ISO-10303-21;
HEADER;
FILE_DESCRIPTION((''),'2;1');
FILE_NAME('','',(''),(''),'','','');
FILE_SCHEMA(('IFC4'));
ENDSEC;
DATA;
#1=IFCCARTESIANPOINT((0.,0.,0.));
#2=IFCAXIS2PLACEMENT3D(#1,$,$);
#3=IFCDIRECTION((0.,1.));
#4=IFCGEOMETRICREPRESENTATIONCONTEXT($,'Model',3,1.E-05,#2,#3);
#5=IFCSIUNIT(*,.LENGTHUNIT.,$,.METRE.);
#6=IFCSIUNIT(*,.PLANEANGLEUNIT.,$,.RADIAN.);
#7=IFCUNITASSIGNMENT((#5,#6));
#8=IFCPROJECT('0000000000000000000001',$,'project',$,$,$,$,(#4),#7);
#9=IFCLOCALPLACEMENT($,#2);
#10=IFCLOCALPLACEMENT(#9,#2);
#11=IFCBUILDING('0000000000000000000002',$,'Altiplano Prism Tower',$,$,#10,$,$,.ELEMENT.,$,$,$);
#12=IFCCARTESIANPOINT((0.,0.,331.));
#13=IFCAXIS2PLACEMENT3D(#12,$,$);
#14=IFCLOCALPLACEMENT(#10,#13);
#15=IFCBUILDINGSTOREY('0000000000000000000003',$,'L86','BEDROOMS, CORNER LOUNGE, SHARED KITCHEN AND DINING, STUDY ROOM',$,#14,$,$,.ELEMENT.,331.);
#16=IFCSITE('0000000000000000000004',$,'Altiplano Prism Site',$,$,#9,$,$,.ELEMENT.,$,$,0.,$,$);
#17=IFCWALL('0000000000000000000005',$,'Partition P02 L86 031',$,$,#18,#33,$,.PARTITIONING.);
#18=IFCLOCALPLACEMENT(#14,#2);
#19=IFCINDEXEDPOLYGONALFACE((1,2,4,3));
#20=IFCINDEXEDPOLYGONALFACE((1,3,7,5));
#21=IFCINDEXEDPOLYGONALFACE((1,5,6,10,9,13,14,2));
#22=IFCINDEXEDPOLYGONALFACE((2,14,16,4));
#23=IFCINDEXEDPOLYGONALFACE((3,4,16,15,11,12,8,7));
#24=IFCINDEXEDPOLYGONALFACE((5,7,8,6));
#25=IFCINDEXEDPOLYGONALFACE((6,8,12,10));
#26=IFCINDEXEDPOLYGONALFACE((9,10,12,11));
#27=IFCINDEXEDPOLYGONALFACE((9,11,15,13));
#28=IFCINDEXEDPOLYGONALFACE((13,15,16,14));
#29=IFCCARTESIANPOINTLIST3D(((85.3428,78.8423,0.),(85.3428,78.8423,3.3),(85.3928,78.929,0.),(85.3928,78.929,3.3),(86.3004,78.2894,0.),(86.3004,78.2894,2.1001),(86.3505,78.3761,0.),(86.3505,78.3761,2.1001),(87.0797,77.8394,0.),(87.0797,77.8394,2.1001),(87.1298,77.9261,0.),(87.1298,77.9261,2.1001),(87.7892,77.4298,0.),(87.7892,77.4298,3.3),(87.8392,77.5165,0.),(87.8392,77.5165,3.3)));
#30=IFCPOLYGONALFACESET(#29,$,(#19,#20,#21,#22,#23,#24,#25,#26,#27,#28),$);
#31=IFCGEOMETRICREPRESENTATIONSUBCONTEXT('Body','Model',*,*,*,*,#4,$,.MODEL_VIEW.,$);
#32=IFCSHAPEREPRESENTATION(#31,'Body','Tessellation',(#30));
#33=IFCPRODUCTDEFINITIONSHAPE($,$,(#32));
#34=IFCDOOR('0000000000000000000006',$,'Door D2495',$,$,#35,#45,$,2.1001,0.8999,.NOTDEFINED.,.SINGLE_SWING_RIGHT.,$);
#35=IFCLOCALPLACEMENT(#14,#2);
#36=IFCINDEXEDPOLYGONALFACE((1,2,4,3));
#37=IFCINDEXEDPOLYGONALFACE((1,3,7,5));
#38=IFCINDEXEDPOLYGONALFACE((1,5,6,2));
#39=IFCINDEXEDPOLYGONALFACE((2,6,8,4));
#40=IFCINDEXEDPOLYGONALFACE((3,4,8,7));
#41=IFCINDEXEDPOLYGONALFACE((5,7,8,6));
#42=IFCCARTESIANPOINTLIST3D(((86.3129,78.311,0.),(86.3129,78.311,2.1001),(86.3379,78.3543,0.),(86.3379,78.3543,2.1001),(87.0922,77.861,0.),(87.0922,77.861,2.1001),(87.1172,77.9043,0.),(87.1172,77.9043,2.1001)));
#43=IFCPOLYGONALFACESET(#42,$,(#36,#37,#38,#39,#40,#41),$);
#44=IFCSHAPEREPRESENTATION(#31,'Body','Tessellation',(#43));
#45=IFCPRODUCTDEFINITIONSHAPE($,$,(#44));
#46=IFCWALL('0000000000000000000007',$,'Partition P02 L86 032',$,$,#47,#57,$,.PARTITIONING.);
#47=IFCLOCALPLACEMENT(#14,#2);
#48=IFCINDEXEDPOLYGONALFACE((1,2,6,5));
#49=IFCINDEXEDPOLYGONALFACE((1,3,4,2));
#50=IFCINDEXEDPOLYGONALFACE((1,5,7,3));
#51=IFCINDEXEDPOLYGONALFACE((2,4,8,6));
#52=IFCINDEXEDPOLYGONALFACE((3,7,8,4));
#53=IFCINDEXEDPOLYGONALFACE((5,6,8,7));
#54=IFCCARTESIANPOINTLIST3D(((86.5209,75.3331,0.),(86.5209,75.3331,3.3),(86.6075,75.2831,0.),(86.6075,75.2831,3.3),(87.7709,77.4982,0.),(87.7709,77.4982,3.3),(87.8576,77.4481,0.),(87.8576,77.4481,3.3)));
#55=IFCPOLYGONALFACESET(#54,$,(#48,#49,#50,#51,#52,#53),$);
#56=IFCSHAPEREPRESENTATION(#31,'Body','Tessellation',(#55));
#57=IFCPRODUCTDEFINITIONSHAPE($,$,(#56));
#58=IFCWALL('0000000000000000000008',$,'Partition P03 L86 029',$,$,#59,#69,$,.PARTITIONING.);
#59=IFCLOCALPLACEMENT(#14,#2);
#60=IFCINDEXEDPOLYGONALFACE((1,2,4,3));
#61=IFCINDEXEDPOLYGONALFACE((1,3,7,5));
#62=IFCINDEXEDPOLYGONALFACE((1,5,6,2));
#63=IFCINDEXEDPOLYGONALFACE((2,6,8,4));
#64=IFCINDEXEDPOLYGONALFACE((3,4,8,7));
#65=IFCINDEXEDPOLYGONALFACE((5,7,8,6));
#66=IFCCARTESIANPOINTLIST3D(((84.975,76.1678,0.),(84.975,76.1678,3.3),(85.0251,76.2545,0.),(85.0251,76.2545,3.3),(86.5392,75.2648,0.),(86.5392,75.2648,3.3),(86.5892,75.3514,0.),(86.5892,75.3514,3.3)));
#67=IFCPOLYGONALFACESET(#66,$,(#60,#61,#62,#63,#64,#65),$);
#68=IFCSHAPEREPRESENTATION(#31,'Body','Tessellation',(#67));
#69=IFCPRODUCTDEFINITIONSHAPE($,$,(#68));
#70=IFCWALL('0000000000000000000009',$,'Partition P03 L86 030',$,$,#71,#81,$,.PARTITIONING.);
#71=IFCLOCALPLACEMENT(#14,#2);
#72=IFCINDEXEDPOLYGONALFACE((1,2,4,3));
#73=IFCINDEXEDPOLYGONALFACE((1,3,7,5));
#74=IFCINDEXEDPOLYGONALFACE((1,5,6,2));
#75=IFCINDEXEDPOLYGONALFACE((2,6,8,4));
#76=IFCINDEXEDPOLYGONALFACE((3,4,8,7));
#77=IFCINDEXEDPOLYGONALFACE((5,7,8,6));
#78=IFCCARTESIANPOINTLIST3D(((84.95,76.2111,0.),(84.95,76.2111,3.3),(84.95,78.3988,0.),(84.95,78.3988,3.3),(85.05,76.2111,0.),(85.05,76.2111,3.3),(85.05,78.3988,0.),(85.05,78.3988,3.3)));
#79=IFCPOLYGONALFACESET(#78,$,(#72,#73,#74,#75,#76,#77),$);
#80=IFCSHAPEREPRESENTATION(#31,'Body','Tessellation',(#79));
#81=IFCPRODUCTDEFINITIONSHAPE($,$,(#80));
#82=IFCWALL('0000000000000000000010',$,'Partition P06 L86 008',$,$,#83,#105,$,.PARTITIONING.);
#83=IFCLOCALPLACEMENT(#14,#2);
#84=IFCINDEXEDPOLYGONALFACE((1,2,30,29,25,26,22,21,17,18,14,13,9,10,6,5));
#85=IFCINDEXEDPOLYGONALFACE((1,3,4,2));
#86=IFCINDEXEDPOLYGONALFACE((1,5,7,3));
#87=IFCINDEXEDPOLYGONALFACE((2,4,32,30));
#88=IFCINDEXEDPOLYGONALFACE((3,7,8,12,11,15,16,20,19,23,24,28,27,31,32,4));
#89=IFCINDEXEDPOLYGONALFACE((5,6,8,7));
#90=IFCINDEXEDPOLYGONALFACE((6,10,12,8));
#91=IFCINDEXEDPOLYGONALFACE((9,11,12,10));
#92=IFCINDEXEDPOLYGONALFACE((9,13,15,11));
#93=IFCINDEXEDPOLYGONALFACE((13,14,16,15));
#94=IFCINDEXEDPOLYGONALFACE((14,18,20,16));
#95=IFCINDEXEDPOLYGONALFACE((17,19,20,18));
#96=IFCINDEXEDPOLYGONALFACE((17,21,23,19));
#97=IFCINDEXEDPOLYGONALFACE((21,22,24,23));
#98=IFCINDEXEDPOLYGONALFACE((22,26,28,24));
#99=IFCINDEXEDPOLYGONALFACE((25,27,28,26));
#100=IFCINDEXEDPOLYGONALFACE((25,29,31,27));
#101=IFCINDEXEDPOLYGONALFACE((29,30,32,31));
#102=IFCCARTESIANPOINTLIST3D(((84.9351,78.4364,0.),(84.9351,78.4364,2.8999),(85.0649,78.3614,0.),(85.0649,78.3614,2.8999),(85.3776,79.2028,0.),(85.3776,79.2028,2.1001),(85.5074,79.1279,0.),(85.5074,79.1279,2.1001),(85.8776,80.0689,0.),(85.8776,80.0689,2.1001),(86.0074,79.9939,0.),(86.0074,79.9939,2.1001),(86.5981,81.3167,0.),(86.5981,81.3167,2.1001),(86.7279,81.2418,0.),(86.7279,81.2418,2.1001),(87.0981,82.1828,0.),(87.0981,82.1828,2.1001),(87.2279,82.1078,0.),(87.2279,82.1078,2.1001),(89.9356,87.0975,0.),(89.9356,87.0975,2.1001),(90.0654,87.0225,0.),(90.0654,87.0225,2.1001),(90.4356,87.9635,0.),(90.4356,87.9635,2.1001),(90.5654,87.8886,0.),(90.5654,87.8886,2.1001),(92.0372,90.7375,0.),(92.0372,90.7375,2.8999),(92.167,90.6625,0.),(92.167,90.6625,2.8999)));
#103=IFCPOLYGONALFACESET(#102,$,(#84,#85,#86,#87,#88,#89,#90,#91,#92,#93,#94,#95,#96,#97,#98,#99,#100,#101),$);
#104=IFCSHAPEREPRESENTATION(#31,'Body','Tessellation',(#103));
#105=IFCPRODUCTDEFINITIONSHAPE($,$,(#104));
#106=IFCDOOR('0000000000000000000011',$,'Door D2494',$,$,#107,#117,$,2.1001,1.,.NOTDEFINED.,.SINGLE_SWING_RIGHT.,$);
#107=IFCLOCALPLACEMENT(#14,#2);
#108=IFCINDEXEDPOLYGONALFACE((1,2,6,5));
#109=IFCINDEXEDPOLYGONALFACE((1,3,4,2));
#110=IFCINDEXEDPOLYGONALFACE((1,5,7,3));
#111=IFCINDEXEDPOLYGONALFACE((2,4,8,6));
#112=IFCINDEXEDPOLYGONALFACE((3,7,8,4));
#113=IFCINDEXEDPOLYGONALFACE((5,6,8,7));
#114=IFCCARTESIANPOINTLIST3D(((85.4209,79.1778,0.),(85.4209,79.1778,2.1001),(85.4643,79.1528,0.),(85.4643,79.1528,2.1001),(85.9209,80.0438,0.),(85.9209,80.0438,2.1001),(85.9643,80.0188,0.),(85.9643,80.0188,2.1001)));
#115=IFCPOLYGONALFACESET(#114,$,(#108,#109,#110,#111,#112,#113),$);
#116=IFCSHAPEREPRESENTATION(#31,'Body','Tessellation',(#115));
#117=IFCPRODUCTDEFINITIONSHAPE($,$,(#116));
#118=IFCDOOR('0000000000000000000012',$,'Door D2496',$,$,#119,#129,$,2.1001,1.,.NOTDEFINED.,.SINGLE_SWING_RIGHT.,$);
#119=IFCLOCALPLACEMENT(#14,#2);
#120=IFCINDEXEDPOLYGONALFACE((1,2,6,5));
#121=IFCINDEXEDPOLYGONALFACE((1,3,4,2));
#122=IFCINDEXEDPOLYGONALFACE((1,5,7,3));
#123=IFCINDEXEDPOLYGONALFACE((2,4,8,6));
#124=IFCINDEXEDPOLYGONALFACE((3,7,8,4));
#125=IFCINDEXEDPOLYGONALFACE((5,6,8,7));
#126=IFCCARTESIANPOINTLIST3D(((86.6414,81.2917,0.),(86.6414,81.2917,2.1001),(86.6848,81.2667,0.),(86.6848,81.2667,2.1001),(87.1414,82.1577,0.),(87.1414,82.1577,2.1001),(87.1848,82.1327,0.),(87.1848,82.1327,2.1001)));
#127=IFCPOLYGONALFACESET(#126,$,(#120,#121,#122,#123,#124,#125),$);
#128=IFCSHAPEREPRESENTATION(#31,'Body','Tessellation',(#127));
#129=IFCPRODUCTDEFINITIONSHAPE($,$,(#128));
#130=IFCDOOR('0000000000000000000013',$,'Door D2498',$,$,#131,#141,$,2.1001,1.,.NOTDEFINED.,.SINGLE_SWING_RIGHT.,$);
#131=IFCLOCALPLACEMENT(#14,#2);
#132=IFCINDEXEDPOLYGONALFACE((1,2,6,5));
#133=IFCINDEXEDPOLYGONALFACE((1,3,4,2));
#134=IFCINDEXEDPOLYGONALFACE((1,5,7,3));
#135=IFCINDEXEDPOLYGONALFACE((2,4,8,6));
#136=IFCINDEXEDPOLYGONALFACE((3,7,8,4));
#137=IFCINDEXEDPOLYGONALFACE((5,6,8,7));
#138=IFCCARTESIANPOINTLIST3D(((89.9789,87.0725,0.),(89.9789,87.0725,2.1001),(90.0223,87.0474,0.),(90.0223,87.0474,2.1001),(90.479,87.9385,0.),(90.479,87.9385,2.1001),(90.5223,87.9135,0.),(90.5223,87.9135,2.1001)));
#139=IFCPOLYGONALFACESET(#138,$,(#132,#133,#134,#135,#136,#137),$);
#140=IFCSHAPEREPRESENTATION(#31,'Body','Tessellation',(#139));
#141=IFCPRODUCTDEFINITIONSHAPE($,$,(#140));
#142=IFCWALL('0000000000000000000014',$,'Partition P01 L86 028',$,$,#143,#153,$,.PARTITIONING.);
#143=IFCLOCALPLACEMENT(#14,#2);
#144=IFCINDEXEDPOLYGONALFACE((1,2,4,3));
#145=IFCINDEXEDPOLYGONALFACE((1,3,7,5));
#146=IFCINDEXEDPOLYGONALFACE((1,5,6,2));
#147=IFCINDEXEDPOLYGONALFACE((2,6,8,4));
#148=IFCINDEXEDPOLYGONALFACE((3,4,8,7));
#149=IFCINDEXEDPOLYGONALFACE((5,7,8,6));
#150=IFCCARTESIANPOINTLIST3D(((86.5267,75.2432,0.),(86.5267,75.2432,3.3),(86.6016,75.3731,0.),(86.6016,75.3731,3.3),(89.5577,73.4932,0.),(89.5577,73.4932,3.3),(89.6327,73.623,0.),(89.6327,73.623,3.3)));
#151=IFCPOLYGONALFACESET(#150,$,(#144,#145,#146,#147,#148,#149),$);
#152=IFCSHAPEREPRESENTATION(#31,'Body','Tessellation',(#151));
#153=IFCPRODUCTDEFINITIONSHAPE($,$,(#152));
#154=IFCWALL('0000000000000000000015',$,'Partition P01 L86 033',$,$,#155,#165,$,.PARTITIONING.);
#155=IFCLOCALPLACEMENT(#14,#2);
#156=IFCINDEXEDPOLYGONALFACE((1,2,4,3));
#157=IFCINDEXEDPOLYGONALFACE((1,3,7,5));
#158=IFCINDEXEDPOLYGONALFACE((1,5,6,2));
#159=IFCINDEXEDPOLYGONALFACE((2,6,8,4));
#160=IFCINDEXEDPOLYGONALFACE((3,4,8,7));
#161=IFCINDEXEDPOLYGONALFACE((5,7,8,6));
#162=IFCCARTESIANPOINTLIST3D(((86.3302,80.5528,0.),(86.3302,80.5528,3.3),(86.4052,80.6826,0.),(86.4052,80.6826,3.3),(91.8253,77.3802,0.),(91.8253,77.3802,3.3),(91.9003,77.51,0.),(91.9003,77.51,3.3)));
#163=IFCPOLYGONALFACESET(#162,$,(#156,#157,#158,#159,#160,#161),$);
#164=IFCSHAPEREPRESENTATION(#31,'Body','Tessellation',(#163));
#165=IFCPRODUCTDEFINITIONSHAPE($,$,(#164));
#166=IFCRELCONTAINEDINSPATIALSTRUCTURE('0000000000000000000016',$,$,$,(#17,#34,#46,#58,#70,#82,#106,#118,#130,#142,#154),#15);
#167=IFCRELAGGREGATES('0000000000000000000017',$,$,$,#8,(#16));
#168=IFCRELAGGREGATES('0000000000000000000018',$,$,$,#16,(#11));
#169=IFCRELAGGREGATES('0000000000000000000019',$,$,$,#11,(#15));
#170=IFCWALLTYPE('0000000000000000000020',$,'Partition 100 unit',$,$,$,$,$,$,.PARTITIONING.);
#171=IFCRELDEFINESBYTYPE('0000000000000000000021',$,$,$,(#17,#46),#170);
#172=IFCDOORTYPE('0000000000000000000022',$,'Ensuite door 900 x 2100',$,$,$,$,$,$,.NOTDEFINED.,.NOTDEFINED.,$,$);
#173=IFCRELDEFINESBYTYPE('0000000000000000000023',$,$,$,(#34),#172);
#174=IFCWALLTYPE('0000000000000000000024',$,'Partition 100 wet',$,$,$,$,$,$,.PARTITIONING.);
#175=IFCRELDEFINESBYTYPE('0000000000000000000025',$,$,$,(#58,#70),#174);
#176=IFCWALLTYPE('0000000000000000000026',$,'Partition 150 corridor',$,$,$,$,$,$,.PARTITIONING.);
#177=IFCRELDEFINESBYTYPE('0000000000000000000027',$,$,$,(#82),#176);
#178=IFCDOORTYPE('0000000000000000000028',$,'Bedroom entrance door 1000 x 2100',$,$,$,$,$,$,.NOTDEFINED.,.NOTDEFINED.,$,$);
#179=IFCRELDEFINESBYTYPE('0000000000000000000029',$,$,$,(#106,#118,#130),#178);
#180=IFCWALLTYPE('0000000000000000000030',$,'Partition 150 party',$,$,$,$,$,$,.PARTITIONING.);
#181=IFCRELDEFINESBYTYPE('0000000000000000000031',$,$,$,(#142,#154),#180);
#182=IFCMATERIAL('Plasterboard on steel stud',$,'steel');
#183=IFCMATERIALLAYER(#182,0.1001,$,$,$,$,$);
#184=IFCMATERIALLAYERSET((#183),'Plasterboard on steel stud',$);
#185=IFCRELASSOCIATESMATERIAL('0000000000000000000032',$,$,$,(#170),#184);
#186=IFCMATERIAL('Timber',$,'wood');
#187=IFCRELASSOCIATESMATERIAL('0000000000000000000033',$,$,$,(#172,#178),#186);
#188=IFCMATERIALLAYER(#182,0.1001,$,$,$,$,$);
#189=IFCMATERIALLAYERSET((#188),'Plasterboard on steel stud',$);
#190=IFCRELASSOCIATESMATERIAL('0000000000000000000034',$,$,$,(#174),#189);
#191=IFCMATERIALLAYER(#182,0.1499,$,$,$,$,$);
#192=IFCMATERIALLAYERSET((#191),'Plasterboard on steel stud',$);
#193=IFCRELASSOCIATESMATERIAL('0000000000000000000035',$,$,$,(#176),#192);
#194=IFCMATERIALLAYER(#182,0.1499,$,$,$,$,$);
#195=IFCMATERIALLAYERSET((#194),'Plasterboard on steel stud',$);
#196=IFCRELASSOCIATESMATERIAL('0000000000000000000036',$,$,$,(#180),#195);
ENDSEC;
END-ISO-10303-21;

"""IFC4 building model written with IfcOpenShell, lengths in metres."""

from ifc_helpers import new_model, si_unit, direction, frame, frame_2d, origin, place, context, subcontext, project, spatial, rectangle, extrude, material, layer, layer_set, type_object, element, fill, save


model = new_model("IFC4")

# Units and contexts
model_context = context("Model", 3, precision=1e-05, world=origin(), true_north=direction((0.0, 1.0)))
body_context = subcontext(model_context, "Body", "Model", "MODEL_VIEW")
ifc_project = project(units=[si_unit("LENGTHUNIT", "METRE"), si_unit("PLANEANGLEUNIT", "RADIAN")], contexts=[model_context])

# Site, building, storey
site_placement = place(None, origin())
site = spatial("IfcSite", under=ifc_project, at=site_placement, Name="Altiplano Prism Site", CompositionType="ELEMENT", RefElevation=0.0)
building_placement = place(site_placement, origin())
building = spatial("IfcBuilding", under=site, at=building_placement, Name="Altiplano Prism Tower", CompositionType="ELEMENT")
storey_placement = place(building_placement, frame((0.0, 0.0, 331.0)))
storey = spatial("IfcBuildingStorey", under=building, at=storey_placement, Name="L86", Description="BEDROOMS, CORNER LOUNGE, SHARED KITCHEN AND DINING, STUDY ROOM", CompositionType="ELEMENT", Elevation=331.0)

# Shared definitions
ifc_material_1 = material(Name="Plasterboard on steel stud", Category="steel")
ifc_layer_1 = layer(ifc_material_1, 0.1001)
ifc_layer_set_1 = layer_set([ifc_layer_1], Name="Plasterboard on steel stud")
wall_type_1 = type_object("IfcWallType", Name="Partition 100 unit", PredefinedType="PARTITIONING", material=ifc_layer_set_1)
ifc_material_2 = material(Name="Timber", Category="wood")
door_type_1 = type_object("IfcDoorType", Name="Ensuite door 900 x 2100", OperationType="NOTDEFINED", PredefinedType="NOTDEFINED", material=ifc_material_2)

# Wall, opening, door
wall_1_placement = place(storey_placement, frame((85.3677, 78.8857, 0.0), z_axis=(0.0, 0.0, 1.0), x_axis=(0.866011, -0.500024, 0.0)))
wall_1 = element("IfcWall", 1, at=wall_1_placement, inside=storey, type_object=wall_type_1, Name="Partition P02 L86 031", PredefinedType="PARTITIONING", context=body_context, shape_type="SweptSolid", body=[
    extrude(rectangle(XDim=2.825, YDim=0.1001, at=frame_2d((1.4126, 0.0))), origin(), (0.0, 0.0, 1.0), 3.3),
])
opening_1_placement = place(wall_1_placement, frame((1.106, 0.0, 0.0)))
opening_1 = element("IfcOpeningElement", 2, at=opening_1_placement, cuts=wall_1, PredefinedType="OPENING", context=body_context, shape_type="SweptSolid", body=[
    extrude(rectangle(XDim=0.8999, YDim=2.1001, at=frame_2d((0.45, 1.05))), frame((0.0, 0.0605, 0.0), z_axis=(0.0, -1.0, 0.0), x_axis=(1.0, 0.0, 0.0)), (0.0, 0.0, 1.0), 0.1211),
])
door_1_placement = place(opening_1_placement, origin())
door_1 = element("IfcDoor", 3, at=door_1_placement, inside=storey, type_object=door_type_1, Name="Door D2495", OperationType="SINGLE_SWING_RIGHT", OverallHeight=2.1001, OverallWidth=0.8999, PredefinedType="NOTDEFINED", context=body_context, shape_type="SweptSolid", body=[
    extrude(rectangle(XDim=0.8999, YDim=2.1001, at=frame_2d((0.45, 1.05))), frame((0.0, 0.0249, 0.0), z_axis=(0.0, -1.0, 0.0), x_axis=(1.0, 0.0, 0.0)), (0.0, 0.0, 1.0), 0.05),
])
fill(opening_1, door_1)

# Walls
wall_2_placement = place(storey_placement, frame((87.8142, 77.4731, 0.0), z_axis=(0.0, 0.0, 1.0), x_axis=(-0.500004, -0.866023, 0.0)))
element("IfcWall", 4, at=wall_2_placement, inside=storey, type_object=wall_type_1, Name="Partition P02 L86 032", PredefinedType="PARTITIONING", context=body_context, shape_type="SweptSolid", body=[
    extrude(rectangle(XDim=2.5, YDim=0.1001, at=frame_2d((1.25, 0.0))), origin(), (0.0, 0.0, 1.0), 3.3),
])
ifc_layer_2 = layer(ifc_material_1, 0.1001)
ifc_layer_set_2 = layer_set([ifc_layer_2], Name="Plasterboard on steel stud")
wall_type_2 = type_object("IfcWallType", Name="Partition 100 wet", PredefinedType="PARTITIONING", material=ifc_layer_set_2)
wall_3_placement = place(storey_placement, frame((86.5642, 75.3081, 0.0), z_axis=(0.0, 0.0, 1.0), x_axis=(-0.86603, 0.499992, 0.0)))
element("IfcWall", 5, at=wall_3_placement, inside=storey, type_object=wall_type_2, Name="Partition P03 L86 029", PredefinedType="PARTITIONING", context=body_context, shape_type="SweptSolid", body=[
    extrude(rectangle(XDim=1.8062, YDim=0.1001, at=frame_2d((0.9031, 0.0))), origin(), (0.0, 0.0, 1.0), 3.3),
])
wall_4_placement = place(storey_placement, frame((85.0, 76.2112, 0.0), z_axis=(0.0, 0.0, 1.0), x_axis=(0.0, 1.0, 0.0)))
element("IfcWall", 6, at=wall_4_placement, inside=storey, type_object=wall_type_2, Name="Partition P03 L86 030", PredefinedType="PARTITIONING", context=body_context, shape_type="SweptSolid", body=[
    extrude(rectangle(XDim=2.1877, YDim=0.1001, at=frame_2d((1.0938, 0.0))), origin(), (0.0, 0.0, 1.0), 3.3),
])

# Wall, openings, doors
ifc_layer_3 = layer(ifc_material_1, 0.1499)
ifc_layer_set_3 = layer_set([ifc_layer_3], Name="Plasterboard on steel stud")
wall_type_3 = type_object("IfcWallType", Name="Partition 150 corridor", PredefinedType="PARTITIONING", material=ifc_layer_set_3)
wall_5_placement = place(storey_placement, frame((85.0, 78.3989, 0.0), z_axis=(0.0, 0.0, 1.0), x_axis=(0.500003, 0.866024, 0.0)))
wall_5 = element("IfcWall", 7, at=wall_5_placement, inside=storey, type_object=wall_type_3, Name="Partition P06 L86 008", PredefinedType="PARTITIONING", context=body_context, shape_type="SweptSolid", body=[
    extrude(rectangle(XDim=14.2041, YDim=0.1499, at=frame_2d((7.1021, 0.0))), origin(), (0.0, 0.0, 1.0), 2.8999),
])
opening_2_placement = place(wall_5_placement, frame((0.885, 0.0, 0.0)))
opening_2 = element("IfcOpeningElement", 8, at=opening_2_placement, cuts=wall_5, PredefinedType="OPENING", context=body_context, shape_type="SweptSolid", body=[
    extrude(rectangle(XDim=1.0, YDim=2.1001, at=frame_2d((0.5, 1.05))), frame((0.0, 0.0854, 0.0), z_axis=(0.0, -1.0, 0.0), x_axis=(1.0, 0.0, 0.0)), (0.0, 0.0, 1.0), 0.1709),
])
opening_3_placement = place(wall_5_placement, frame((3.3259, 0.0, 0.0)))
opening_3 = element("IfcOpeningElement", 9, at=opening_3_placement, cuts=wall_5, PredefinedType="OPENING", context=body_context, shape_type="SweptSolid", body=[
    extrude(rectangle(XDim=1.0, YDim=2.1001, at=frame_2d((0.5, 1.05))), frame((0.0, 0.0854, 0.0), z_axis=(0.0, -1.0, 0.0), x_axis=(1.0, 0.0, 0.0)), (0.0, 0.0, 1.0), 0.1709),
])
opening_4_placement = place(wall_5_placement, frame((10.001, 0.0, 0.0)))
opening_4 = element("IfcOpeningElement", 10, at=opening_4_placement, cuts=wall_5, PredefinedType="OPENING", context=body_context, shape_type="SweptSolid", body=[
    extrude(rectangle(XDim=1.0, YDim=2.1001, at=frame_2d((0.5, 1.05))), frame((0.0, 0.0854, 0.0), z_axis=(0.0, -1.0, 0.0), x_axis=(1.0, 0.0, 0.0)), (0.0, 0.0, 1.0), 0.1709),
])
door_type_2 = type_object("IfcDoorType", Name="Bedroom entrance door 1000 x 2100", OperationType="NOTDEFINED", PredefinedType="NOTDEFINED", material=ifc_material_2)
door_2_placement = place(opening_2_placement, origin())
door_2 = element("IfcDoor", 11, at=door_2_placement, inside=storey, type_object=door_type_2, Name="Door D2494", OperationType="SINGLE_SWING_RIGHT", OverallHeight=2.1001, OverallWidth=1.0, PredefinedType="NOTDEFINED", context=body_context, shape_type="SweptSolid", body=[
    extrude(rectangle(XDim=1.0, YDim=2.1001, at=frame_2d((0.5, 1.05))), frame((0.0, 0.0249, 0.0), z_axis=(0.0, -1.0, 0.0), x_axis=(1.0, 0.0, 0.0)), (0.0, 0.0, 1.0), 0.05),
])
fill(opening_2, door_2)
door_3_placement = place(opening_3_placement, origin())
door_3 = element("IfcDoor", 12, at=door_3_placement, inside=storey, type_object=door_type_2, Name="Door D2496", OperationType="SINGLE_SWING_RIGHT", OverallHeight=2.1001, OverallWidth=1.0, PredefinedType="NOTDEFINED", context=body_context, shape_type="SweptSolid", body=[
    extrude(rectangle(XDim=1.0, YDim=2.1001, at=frame_2d((0.5, 1.05))), frame((0.0, 0.0249, 0.0), z_axis=(0.0, -1.0, 0.0), x_axis=(1.0, 0.0, 0.0)), (0.0, 0.0, 1.0), 0.05),
])
fill(opening_3, door_3)
door_4_placement = place(opening_4_placement, origin())
door_4 = element("IfcDoor", 13, at=door_4_placement, inside=storey, type_object=door_type_2, Name="Door D2498", OperationType="SINGLE_SWING_RIGHT", OverallHeight=2.1001, OverallWidth=1.0, PredefinedType="NOTDEFINED", context=body_context, shape_type="SweptSolid", body=[
    extrude(rectangle(XDim=1.0, YDim=2.1001, at=frame_2d((0.5, 1.05))), frame((0.0, 0.0249, 0.0), z_axis=(0.0, -1.0, 0.0), x_axis=(1.0, 0.0, 0.0)), (0.0, 0.0, 1.0), 0.05),
])
fill(opening_4, door_4)

# Walls
ifc_layer_4 = layer(ifc_material_1, 0.1499)
ifc_layer_set_4 = layer_set([ifc_layer_4], Name="Plasterboard on steel stud")
wall_type_4 = type_object("IfcWallType", Name="Partition 150 party", PredefinedType="PARTITIONING", material=ifc_layer_set_4)
wall_6_placement = place(storey_placement, frame((89.5952, 73.5581, 0.0), z_axis=(0.0, 0.0, 1.0), x_axis=(-0.866019, 0.50001, 0.0)))
element("IfcWall", 14, at=wall_6_placement, inside=storey, type_object=wall_type_4, Name="Partition P01 L86 028", PredefinedType="PARTITIONING", context=body_context, shape_type="SweptSolid", body=[
    extrude(rectangle(XDim=3.5, YDim=0.1499, at=frame_2d((1.75, 0.0))), origin(), (0.0, 0.0, 1.0), 3.3),
])
wall_7_placement = place(storey_placement, frame((91.8628, 77.4451, 0.0), z_axis=(0.0, 0.0, 1.0), x_axis=(-0.866025, 0.5, 0.0)))
element("IfcWall", 15, at=wall_7_placement, inside=storey, type_object=wall_type_4, Name="Partition P01 L86 033", PredefinedType="PARTITIONING", context=body_context, shape_type="SweptSolid", body=[
    extrude(rectangle(XDim=6.3452, YDim=0.1499, at=frame_2d((3.1726, 0.0))), origin(), (0.0, 0.0, 1.0), 3.3),
])

save(model, "model.ifc")
